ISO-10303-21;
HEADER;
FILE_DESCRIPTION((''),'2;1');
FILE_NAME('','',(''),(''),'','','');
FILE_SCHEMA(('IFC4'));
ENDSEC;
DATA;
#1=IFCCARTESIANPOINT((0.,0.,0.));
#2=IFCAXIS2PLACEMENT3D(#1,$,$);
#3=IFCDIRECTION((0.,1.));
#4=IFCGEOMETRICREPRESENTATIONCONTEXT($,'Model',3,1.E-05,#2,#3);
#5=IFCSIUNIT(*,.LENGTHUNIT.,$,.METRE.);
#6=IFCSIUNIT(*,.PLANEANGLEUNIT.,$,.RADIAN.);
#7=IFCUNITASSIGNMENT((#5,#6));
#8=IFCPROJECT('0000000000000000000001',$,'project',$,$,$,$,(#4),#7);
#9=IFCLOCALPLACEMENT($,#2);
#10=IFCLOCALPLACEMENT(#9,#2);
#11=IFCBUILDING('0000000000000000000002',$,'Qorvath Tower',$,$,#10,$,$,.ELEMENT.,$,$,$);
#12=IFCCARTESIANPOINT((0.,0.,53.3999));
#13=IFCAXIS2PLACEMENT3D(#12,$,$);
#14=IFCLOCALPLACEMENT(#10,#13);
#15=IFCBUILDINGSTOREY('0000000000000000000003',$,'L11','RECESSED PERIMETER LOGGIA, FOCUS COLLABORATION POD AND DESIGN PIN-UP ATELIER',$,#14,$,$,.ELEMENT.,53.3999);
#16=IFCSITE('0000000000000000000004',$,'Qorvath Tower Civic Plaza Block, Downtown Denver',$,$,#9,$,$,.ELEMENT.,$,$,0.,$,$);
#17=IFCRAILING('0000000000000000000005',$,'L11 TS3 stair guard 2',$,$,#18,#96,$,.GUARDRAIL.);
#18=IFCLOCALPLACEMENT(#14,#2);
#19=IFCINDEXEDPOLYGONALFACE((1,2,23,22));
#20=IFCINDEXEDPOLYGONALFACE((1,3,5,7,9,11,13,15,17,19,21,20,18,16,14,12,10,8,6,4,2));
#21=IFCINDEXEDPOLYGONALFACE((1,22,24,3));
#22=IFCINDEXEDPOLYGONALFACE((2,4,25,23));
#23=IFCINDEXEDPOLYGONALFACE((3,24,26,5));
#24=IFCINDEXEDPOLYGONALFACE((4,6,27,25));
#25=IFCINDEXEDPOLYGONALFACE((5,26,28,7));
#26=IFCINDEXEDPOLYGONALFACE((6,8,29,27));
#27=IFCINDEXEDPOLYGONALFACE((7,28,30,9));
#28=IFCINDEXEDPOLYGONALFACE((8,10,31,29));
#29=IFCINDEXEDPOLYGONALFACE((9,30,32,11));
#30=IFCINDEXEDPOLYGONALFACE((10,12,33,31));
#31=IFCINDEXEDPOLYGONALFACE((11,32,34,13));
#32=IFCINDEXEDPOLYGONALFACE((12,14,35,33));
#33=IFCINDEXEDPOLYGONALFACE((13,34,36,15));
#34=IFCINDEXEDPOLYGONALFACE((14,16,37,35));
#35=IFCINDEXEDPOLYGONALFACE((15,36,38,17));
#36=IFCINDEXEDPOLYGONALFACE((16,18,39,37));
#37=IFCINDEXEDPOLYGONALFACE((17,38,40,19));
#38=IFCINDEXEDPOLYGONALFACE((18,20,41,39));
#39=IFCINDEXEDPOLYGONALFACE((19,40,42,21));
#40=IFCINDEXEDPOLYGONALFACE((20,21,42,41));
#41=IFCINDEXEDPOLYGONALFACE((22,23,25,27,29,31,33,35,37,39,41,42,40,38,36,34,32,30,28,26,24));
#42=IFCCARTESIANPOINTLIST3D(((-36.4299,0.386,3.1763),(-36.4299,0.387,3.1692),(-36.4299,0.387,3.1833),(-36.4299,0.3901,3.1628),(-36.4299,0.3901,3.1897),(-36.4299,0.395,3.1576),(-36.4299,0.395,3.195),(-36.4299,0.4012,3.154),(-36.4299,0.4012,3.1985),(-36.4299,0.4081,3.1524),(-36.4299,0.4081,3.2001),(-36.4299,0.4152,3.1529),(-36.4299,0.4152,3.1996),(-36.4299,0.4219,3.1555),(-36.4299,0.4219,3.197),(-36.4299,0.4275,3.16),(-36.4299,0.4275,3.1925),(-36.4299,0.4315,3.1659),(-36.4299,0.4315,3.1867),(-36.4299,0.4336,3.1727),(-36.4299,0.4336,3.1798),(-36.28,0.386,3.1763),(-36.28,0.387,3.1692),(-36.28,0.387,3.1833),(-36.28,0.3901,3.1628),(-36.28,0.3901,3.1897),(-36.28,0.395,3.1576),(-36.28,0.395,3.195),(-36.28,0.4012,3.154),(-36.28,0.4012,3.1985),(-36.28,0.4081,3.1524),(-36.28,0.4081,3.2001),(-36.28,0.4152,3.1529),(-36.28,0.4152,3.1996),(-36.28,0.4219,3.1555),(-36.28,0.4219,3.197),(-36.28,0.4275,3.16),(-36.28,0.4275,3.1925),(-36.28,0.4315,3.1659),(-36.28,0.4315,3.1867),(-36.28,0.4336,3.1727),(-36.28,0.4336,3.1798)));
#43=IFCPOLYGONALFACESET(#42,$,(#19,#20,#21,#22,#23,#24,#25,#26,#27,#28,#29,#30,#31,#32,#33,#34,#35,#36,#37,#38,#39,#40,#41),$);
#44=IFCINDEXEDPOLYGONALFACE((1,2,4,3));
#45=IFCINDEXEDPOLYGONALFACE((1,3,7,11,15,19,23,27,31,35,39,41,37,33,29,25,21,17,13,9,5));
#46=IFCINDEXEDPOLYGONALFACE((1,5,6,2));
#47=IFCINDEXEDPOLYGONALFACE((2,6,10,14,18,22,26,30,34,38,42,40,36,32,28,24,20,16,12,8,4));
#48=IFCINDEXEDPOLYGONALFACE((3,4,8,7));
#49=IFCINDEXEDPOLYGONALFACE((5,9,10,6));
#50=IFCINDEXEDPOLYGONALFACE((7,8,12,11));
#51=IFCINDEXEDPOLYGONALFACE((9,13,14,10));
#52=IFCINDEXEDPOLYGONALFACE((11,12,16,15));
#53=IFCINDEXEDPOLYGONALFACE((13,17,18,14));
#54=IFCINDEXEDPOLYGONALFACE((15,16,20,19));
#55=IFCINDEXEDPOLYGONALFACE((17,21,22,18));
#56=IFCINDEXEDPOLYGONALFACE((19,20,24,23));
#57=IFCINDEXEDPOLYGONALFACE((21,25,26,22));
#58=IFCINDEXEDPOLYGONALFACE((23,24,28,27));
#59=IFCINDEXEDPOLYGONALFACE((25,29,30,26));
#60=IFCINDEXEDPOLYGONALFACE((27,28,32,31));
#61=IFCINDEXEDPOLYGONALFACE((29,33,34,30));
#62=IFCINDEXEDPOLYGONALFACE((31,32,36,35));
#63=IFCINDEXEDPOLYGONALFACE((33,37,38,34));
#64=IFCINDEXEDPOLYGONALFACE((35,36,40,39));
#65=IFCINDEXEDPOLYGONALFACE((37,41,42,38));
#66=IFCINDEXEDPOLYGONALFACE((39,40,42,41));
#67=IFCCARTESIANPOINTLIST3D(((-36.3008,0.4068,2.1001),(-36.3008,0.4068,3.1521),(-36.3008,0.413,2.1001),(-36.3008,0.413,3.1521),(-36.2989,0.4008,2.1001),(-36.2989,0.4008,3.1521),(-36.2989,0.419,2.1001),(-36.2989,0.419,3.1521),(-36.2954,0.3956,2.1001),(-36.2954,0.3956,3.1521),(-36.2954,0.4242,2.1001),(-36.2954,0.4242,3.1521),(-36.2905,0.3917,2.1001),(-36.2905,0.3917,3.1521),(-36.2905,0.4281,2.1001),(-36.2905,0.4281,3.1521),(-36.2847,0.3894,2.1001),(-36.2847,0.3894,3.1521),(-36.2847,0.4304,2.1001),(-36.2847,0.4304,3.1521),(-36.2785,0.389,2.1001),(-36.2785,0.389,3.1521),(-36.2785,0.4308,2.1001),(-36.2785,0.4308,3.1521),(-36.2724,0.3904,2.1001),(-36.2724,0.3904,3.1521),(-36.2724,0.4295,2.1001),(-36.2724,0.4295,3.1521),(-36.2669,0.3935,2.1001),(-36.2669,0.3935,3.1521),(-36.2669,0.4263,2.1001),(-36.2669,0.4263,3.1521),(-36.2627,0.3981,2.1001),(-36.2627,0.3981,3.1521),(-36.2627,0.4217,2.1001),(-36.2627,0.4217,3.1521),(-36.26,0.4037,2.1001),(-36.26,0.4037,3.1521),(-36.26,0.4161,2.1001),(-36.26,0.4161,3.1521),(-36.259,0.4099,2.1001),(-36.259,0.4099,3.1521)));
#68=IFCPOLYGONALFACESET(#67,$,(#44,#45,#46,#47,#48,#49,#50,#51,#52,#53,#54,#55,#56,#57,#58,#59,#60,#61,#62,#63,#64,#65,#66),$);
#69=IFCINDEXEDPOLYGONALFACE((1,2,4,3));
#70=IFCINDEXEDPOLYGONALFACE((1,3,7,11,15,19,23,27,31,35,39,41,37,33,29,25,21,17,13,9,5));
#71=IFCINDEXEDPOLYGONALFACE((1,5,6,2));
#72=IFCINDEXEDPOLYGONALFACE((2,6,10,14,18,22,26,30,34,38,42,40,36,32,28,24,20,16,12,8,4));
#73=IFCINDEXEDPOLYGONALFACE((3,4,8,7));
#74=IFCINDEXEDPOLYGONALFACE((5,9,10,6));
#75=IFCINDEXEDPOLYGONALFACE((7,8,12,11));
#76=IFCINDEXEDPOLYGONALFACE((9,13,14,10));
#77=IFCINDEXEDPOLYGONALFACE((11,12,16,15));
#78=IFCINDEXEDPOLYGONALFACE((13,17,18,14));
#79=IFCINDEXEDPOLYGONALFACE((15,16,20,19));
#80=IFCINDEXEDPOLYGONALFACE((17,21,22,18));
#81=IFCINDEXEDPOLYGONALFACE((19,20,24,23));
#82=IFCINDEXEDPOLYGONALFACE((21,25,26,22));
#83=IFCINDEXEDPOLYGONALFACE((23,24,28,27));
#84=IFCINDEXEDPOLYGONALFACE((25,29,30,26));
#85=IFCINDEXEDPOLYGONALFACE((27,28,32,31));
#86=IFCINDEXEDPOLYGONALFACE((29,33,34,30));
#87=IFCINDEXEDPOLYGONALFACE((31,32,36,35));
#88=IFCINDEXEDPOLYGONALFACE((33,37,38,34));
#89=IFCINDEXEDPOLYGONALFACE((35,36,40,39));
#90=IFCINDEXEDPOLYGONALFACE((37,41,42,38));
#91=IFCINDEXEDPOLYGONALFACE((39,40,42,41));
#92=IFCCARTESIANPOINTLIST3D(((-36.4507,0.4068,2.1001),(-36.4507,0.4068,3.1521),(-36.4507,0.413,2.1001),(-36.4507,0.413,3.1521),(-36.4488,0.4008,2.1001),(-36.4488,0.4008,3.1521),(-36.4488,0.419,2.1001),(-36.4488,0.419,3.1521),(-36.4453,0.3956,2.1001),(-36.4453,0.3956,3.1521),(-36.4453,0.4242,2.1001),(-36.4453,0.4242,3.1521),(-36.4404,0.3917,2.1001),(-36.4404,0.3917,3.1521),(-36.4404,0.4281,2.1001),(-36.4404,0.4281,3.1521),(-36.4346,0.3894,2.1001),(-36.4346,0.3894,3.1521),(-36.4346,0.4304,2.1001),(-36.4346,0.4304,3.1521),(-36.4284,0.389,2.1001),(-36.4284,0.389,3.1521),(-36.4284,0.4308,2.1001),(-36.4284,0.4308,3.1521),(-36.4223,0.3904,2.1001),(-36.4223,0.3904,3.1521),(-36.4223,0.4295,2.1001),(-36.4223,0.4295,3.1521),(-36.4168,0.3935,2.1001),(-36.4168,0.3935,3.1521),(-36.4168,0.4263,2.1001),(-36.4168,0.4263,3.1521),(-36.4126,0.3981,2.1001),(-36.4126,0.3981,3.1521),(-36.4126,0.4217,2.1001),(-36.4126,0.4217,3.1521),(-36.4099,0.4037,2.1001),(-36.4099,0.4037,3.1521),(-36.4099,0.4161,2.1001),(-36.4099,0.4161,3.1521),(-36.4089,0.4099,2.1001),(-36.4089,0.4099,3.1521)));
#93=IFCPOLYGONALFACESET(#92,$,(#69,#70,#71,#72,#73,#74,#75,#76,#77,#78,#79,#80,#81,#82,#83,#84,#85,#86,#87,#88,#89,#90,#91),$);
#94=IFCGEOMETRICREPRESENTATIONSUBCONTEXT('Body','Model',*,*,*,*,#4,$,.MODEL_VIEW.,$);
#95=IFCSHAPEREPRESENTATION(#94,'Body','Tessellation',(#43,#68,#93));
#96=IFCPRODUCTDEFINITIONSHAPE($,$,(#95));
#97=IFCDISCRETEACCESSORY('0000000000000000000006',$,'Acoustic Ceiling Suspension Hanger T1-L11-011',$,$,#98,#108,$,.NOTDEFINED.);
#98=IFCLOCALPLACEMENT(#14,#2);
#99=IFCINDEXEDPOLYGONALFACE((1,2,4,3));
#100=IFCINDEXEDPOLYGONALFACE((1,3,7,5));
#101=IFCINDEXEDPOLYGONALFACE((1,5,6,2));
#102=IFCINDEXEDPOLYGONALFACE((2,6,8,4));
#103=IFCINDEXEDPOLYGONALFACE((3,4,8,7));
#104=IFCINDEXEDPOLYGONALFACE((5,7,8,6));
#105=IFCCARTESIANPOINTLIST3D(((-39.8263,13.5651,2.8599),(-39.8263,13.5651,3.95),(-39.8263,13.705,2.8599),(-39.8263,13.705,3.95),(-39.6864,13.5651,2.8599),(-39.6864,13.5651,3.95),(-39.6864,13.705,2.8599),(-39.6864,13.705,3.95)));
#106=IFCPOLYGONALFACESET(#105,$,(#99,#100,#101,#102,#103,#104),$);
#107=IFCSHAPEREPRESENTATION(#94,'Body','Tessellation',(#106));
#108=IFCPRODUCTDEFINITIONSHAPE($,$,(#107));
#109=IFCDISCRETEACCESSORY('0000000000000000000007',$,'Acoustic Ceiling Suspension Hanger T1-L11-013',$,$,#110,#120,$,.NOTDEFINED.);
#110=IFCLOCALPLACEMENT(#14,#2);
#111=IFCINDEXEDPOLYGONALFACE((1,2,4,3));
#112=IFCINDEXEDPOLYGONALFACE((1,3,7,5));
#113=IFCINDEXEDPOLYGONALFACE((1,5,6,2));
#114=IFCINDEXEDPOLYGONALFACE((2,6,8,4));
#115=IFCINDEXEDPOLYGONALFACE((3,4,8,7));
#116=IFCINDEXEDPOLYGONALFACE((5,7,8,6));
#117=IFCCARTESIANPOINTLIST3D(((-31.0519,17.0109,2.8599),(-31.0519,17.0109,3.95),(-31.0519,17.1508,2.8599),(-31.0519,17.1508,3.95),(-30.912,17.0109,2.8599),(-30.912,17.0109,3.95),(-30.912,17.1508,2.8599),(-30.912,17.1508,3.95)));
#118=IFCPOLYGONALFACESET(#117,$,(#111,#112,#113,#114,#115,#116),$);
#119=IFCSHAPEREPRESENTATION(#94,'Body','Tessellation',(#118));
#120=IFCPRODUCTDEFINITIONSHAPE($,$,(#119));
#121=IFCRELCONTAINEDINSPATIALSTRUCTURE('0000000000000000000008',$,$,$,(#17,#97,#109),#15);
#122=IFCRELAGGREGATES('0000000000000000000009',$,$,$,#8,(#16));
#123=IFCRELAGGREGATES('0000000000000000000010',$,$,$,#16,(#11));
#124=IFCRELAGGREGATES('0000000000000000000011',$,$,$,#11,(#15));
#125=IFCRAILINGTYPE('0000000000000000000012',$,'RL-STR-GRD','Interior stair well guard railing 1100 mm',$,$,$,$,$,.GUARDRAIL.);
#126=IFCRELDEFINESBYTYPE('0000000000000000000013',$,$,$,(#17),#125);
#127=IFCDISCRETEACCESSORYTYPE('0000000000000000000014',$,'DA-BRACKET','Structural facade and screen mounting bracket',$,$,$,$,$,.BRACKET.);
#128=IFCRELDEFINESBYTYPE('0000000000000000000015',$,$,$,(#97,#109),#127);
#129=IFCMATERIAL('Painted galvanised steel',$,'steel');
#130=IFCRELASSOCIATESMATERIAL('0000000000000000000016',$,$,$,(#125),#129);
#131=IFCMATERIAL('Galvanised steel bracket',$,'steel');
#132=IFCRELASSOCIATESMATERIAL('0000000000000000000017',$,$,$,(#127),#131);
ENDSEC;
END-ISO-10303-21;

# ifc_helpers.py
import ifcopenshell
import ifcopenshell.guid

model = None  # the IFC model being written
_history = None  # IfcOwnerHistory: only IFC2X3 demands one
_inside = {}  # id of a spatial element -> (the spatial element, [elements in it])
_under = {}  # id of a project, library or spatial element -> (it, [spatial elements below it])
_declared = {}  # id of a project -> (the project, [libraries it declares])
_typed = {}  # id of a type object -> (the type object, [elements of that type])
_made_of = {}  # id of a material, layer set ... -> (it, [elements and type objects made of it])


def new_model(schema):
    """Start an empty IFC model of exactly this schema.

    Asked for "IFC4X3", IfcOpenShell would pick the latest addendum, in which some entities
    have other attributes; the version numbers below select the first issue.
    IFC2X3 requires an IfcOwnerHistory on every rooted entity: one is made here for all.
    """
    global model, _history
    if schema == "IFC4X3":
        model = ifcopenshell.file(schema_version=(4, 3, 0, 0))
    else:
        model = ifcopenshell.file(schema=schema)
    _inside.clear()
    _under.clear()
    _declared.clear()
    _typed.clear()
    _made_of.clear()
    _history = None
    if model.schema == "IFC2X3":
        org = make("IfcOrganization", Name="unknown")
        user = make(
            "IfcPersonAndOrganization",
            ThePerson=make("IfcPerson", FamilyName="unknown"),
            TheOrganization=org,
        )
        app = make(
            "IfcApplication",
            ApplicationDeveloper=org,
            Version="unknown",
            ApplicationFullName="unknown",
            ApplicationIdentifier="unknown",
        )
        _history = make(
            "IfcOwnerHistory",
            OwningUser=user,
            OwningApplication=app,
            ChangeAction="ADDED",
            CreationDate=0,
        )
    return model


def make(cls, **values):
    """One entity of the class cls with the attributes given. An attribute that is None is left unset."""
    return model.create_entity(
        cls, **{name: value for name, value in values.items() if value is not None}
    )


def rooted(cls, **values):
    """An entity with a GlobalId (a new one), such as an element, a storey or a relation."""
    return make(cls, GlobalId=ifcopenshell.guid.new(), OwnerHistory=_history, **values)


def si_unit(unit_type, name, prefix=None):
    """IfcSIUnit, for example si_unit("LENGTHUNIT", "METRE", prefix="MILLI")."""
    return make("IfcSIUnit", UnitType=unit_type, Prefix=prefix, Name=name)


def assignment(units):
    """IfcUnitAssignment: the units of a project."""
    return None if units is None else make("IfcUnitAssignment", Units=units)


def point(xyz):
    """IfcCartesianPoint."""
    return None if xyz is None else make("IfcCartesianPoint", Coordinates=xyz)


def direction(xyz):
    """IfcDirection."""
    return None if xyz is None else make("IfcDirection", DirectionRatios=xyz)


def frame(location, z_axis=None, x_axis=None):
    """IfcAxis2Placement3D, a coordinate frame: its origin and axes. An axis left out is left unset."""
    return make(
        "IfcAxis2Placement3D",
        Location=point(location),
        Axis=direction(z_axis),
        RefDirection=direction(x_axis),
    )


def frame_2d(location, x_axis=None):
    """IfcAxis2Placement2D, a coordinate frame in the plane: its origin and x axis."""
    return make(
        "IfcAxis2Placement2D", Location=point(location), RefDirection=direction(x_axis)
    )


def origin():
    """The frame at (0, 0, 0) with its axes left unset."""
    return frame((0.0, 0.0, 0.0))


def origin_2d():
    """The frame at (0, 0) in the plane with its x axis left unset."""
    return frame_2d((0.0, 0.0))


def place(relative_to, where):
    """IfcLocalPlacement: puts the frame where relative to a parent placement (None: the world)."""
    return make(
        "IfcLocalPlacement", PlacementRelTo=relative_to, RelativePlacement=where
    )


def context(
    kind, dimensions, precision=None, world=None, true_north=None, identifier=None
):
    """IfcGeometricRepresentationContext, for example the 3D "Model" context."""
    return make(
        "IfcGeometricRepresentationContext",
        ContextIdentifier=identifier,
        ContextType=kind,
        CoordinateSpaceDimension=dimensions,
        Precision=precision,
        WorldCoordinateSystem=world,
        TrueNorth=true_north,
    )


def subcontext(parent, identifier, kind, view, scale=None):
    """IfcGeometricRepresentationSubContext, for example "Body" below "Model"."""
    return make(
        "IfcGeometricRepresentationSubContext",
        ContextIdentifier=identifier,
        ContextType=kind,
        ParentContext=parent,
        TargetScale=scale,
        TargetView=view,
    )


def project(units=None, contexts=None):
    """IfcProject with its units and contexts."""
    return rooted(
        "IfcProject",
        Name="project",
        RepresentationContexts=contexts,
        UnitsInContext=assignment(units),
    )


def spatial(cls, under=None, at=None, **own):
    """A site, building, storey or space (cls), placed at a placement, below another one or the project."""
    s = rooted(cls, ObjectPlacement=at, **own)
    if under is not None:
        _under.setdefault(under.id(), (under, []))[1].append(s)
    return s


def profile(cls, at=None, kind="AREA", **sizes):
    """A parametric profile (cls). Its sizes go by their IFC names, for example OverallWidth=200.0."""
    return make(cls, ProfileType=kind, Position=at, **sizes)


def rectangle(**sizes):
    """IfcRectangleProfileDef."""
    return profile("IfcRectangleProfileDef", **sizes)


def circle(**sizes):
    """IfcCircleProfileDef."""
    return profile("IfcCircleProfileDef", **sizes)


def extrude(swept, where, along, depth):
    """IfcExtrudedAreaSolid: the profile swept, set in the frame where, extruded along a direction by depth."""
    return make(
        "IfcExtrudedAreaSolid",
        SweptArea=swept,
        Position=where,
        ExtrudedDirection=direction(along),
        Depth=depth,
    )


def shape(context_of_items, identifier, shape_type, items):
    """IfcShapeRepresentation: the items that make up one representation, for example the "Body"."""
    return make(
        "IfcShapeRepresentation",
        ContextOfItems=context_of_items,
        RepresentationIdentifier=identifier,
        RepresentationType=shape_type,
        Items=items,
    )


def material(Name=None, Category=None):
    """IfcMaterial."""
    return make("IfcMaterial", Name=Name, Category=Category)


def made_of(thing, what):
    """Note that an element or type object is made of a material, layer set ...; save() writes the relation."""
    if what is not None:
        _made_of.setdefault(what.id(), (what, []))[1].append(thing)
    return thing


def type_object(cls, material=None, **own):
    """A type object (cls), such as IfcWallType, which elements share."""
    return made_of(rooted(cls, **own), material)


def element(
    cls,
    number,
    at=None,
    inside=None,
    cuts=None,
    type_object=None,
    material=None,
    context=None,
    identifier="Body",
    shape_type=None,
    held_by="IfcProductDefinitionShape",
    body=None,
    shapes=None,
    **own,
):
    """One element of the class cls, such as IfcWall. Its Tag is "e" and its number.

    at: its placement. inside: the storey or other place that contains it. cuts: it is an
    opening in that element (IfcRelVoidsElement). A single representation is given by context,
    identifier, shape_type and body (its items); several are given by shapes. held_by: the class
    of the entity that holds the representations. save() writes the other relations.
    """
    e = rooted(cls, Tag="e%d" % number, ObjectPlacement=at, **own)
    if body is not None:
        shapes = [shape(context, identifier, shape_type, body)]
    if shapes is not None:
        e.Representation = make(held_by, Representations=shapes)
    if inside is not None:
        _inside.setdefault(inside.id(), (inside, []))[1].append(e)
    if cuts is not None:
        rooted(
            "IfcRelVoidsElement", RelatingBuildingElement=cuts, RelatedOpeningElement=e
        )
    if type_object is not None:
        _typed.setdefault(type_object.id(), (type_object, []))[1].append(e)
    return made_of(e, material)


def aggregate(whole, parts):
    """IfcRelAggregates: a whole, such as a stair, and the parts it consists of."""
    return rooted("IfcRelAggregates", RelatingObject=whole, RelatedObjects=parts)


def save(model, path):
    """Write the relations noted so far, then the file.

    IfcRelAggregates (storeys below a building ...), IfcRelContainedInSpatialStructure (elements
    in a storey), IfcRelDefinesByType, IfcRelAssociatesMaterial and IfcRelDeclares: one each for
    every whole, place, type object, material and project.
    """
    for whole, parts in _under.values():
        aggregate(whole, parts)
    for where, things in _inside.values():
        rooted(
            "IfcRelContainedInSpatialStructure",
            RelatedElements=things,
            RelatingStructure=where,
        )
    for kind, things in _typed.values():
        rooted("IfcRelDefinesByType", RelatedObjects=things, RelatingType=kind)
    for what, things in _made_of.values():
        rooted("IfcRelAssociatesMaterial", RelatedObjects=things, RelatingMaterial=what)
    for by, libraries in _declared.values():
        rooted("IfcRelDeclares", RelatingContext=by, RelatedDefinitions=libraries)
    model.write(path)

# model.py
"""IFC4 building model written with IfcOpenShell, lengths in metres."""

from ifc_helpers import new_model, si_unit, direction, frame, origin, origin_2d, place, context, subcontext, project, spatial, rectangle, circle, extrude, material, type_object, element, save


model = new_model("IFC4")

# Units and contexts
model_context = context("Model", 3, precision=1e-05, world=origin(), true_north=direction((0.0, 1.0)))
body_context = subcontext(model_context, "Body", "Model", "MODEL_VIEW")
ifc_project = project(units=[si_unit("LENGTHUNIT", "METRE"), si_unit("PLANEANGLEUNIT", "RADIAN")], contexts=[model_context])

# Site, building, storey
site_placement = place(None, origin())
site = spatial("IfcSite", under=ifc_project, at=site_placement, Name="Qorvath Tower Civic Plaza Block, Downtown Denver", CompositionType="ELEMENT", RefElevation=0.0)
building_placement = place(site_placement, origin())
building = spatial("IfcBuilding", under=site, at=building_placement, Name="Qorvath Tower", CompositionType="ELEMENT")
storey_placement = place(building_placement, frame((0.0, 0.0, 53.3999)))
storey = spatial("IfcBuildingStorey", under=building, at=storey_placement, Name="L11", Description="RECESSED PERIMETER LOGGIA, FOCUS COLLABORATION POD AND DESIGN PIN-UP ATELIER", CompositionType="ELEMENT", Elevation=53.3999)

# Railing
ifc_material_1 = material(Name="Painted galvanised steel", Category="steel")
railing_type = type_object("IfcRailingType", Name="RL-STR-GRD", Description="Interior stair well guard railing 1100 mm", PredefinedType="GUARDRAIL", material=ifc_material_1)
railing_placement = place(storey_placement, frame((-36.28, 0.4099, 2.1001)))
element("IfcRailing", 1, at=railing_placement, inside=storey, type_object=railing_type, Name="L11 TS3 stair guard 2", PredefinedType="GUARDRAIL", context=body_context, shape_type="SweptSolid", body=[
    extrude(circle(Radius=0.0239, at=origin_2d()), frame((0.0, 0.0, 1.0762), z_axis=(-1.0, 0.0, 0.0), x_axis=(0.0, -1.0, 0.0)), (0.0, 0.0, 1.0), 0.1499),
    extrude(circle(Radius=0.021, at=origin_2d()), origin(), (0.0, 0.0, 1.0), 1.052),
    extrude(circle(Radius=0.021, at=origin_2d()), frame((-0.1499, 0.0, 0.0)), (0.0, 0.0, 1.0), 1.052),
])

# Discrete accessories
ifc_material_2 = material(Name="Galvanised steel bracket", Category="steel")
discrete_accessory_type = type_object("IfcDiscreteAccessoryType", Name="DA-BRACKET", Description="Structural facade and screen mounting bracket", PredefinedType="BRACKET", material=ifc_material_2)
for number, where, z_axis, x_axis, name in (
    (2, (-39.7563, 13.635, 2.8599), (0.0, 0.0, 1.0), (1.0, 0.0, 0.0), "Acoustic Ceiling Suspension Hanger T1-L11-011"),
    (3, (-30.9819, 17.0808, 2.8599), (0.0, 0.0, 1.0), (1.0, 0.0, 0.0), "Acoustic Ceiling Suspension Hanger T1-L11-013"),
):
    element("IfcDiscreteAccessory", number, at=place(storey_placement, frame(where, z_axis=z_axis, x_axis=x_axis)), inside=storey, type_object=discrete_accessory_type, Name=name, PredefinedType="NOTDEFINED", context=body_context, shape_type="SweptSolid", body=[
        extrude(rectangle(XDim=0.1399, YDim=0.1399, at=origin_2d()), origin(), (0.0, 0.0, 1.0), 1.0901),
    ])

save(model, "model.ifc")
